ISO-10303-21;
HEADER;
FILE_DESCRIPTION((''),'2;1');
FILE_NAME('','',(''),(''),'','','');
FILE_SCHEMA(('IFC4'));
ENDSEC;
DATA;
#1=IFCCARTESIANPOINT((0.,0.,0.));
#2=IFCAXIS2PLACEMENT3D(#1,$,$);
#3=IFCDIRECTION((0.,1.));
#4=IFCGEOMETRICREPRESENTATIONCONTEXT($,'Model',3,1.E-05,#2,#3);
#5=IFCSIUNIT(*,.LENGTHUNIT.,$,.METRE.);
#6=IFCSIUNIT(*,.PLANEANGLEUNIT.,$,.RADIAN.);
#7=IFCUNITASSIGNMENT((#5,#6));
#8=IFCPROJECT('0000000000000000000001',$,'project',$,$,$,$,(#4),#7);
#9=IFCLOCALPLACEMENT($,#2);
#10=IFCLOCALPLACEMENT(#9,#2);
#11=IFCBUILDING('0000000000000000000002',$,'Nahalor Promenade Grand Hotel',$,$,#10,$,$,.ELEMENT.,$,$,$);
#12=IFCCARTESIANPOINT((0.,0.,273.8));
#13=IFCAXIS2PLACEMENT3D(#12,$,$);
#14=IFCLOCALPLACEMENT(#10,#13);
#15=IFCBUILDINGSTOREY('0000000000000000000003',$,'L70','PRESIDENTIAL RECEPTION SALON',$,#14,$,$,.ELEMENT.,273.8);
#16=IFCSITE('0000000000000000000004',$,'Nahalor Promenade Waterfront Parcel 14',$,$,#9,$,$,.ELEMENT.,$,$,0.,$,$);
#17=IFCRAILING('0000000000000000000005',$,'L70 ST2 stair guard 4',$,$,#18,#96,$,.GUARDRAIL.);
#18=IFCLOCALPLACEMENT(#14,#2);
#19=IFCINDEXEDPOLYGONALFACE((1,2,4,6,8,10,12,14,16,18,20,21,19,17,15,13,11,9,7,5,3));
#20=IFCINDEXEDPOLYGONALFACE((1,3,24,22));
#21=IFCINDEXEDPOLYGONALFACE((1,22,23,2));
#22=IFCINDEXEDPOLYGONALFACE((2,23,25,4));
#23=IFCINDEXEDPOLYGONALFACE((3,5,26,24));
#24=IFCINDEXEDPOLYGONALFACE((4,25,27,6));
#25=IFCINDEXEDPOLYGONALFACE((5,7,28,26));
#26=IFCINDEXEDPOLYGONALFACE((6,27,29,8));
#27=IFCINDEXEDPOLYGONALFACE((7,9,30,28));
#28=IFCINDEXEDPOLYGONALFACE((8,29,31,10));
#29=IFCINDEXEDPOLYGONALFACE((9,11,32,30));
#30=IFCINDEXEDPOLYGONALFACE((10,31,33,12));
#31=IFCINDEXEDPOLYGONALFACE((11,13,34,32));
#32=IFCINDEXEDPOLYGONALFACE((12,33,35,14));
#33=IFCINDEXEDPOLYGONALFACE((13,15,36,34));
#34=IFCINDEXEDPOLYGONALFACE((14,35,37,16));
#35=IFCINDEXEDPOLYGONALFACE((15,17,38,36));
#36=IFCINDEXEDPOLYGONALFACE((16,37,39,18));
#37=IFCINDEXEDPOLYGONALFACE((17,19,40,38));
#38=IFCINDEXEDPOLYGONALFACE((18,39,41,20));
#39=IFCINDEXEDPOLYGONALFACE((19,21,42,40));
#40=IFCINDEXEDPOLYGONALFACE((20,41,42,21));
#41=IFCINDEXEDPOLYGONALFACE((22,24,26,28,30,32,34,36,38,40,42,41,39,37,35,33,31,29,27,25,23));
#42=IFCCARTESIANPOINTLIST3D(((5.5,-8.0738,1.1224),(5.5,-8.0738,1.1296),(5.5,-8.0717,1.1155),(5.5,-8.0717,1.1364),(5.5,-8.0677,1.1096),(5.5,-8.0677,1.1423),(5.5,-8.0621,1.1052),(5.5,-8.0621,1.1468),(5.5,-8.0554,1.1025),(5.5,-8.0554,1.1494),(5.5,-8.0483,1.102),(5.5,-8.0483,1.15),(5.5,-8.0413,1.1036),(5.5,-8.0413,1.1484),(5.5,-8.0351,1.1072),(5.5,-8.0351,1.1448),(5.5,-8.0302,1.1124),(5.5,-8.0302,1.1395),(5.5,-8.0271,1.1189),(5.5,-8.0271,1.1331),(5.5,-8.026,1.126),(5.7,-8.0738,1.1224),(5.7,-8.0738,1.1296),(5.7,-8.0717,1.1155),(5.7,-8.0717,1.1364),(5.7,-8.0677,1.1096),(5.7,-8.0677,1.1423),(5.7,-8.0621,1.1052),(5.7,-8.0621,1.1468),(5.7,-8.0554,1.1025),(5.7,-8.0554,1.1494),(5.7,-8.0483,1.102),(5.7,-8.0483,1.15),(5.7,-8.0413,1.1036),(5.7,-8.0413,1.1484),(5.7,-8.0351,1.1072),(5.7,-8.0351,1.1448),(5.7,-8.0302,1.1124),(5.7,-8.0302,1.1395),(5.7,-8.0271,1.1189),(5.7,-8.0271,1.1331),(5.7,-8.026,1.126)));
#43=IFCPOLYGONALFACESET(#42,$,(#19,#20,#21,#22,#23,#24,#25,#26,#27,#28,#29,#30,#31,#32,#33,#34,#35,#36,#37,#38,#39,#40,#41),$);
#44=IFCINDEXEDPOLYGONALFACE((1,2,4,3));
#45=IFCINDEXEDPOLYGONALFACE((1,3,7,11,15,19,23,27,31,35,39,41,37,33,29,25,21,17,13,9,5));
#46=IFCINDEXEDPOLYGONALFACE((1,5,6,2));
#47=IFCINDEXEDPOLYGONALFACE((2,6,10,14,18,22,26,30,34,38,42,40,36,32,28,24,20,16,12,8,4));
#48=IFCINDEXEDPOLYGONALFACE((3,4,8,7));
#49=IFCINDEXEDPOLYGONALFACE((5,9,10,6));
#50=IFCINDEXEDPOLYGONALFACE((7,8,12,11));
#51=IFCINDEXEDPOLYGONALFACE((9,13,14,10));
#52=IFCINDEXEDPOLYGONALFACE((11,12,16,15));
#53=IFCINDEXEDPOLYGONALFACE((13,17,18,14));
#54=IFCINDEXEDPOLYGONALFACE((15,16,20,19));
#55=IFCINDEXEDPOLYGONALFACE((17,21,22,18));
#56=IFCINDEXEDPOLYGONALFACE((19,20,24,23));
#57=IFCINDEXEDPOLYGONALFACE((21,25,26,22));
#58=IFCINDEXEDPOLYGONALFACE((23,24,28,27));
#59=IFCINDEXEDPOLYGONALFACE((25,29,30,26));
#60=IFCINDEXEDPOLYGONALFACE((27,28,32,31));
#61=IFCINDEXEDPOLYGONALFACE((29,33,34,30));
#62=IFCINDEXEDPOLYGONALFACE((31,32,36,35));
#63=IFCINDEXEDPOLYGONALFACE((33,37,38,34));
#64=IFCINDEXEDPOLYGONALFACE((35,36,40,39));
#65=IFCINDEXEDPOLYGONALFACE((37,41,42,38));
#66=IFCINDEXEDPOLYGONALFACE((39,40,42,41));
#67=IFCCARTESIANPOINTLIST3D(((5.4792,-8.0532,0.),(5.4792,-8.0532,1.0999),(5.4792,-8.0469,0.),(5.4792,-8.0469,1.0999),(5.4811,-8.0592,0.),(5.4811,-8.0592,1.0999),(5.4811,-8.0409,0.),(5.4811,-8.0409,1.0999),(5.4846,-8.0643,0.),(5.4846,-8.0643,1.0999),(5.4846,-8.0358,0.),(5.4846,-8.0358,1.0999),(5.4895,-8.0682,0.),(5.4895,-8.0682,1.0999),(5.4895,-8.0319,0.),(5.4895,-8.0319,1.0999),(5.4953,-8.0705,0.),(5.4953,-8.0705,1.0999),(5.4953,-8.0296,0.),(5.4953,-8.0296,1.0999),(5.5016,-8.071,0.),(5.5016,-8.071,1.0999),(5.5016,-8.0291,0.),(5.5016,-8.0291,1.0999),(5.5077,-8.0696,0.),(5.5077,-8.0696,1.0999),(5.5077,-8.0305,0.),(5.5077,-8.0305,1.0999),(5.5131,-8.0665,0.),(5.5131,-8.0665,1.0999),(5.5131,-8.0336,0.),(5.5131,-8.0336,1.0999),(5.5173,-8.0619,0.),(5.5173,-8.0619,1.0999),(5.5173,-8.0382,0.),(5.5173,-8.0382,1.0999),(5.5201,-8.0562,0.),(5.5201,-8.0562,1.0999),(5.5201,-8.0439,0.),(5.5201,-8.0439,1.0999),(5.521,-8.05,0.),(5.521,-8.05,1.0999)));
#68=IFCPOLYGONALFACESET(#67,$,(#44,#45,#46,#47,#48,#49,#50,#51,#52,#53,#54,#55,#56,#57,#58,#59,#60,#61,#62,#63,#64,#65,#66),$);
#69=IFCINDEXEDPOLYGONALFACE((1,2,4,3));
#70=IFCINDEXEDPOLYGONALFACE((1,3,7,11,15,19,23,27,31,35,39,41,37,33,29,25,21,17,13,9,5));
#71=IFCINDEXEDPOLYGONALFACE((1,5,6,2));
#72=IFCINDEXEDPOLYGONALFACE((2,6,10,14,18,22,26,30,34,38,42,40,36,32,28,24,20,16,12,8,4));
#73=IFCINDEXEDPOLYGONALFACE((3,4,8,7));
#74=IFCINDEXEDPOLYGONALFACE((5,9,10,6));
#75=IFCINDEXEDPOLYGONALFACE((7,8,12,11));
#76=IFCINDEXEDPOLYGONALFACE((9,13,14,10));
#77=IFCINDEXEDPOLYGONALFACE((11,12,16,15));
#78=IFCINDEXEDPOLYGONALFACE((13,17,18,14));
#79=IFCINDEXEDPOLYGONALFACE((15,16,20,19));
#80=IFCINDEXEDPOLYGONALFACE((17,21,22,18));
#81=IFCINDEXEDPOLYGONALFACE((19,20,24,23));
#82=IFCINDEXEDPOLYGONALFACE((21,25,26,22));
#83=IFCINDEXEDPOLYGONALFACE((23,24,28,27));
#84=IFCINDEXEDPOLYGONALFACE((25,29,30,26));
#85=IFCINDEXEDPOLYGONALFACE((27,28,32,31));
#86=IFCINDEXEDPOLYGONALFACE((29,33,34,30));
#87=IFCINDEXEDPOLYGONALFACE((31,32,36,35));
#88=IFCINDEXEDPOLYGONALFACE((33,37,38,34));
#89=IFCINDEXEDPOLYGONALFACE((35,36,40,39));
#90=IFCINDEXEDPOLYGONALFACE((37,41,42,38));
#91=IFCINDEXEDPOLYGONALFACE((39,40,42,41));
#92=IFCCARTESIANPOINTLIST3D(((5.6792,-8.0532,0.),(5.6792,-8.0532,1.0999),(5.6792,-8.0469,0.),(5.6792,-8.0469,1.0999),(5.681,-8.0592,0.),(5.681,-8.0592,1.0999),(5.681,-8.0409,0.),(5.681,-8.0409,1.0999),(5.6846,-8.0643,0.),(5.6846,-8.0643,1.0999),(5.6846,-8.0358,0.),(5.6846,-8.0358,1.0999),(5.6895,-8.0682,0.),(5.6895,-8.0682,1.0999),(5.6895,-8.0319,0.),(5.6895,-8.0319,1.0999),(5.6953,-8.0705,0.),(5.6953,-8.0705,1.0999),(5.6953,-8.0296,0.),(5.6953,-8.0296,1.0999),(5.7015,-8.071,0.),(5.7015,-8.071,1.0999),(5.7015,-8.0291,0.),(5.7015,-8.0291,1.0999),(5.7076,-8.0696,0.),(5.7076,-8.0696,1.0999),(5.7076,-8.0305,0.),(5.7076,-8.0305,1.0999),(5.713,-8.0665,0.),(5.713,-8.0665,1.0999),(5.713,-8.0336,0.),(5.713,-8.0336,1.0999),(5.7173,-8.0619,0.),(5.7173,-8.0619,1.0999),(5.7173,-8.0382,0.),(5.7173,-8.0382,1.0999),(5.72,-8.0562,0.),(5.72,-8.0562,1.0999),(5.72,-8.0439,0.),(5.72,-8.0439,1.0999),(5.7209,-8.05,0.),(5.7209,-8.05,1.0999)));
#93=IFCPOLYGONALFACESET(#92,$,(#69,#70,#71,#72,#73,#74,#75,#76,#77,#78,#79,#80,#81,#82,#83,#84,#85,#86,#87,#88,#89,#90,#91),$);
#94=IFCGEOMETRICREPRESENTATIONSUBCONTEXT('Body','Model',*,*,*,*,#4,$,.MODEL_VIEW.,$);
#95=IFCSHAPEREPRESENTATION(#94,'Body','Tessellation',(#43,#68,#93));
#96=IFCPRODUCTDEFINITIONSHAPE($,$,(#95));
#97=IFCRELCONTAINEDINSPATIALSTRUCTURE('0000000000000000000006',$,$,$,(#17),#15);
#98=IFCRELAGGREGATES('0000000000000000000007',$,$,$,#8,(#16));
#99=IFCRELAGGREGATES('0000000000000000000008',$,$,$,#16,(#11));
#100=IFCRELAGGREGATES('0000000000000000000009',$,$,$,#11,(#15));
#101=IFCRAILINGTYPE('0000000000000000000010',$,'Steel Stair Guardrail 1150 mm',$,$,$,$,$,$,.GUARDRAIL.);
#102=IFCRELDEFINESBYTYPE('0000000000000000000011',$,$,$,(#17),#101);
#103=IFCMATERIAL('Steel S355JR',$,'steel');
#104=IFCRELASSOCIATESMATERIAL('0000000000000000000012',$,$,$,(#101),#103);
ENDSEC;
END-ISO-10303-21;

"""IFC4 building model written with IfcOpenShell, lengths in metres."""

from ifc_helpers import new_model, si_unit, direction, frame, origin, origin_2d, place, context, subcontext, project, spatial, circle, extrude, material, type_object, element, save


model = new_model("IFC4")

# Units and contexts
model_context = context("Model", 3, precision=1e-05, world=origin(), true_north=direction((0.0, 1.0)))
body_context = subcontext(model_context, "Body", "Model", "MODEL_VIEW")
ifc_project = project(units=[si_unit("LENGTHUNIT", "METRE"), si_unit("PLANEANGLEUNIT", "RADIAN")], contexts=[model_context])

# Site, building, storey
site_placement = place(None, origin())
site = spatial("IfcSite", under=ifc_project, at=site_placement, Name="Nahalor Promenade Waterfront Parcel 14", CompositionType="ELEMENT", RefElevation=0.0)
building_placement = place(site_placement, origin())
building = spatial("IfcBuilding", under=site, at=building_placement, Name="Nahalor Promenade Grand Hotel", CompositionType="ELEMENT")
storey_placement = place(building_placement, frame((0.0, 0.0, 273.8)))
storey = spatial("IfcBuildingStorey", under=building, at=storey_placement, Name="L70", Description="PRESIDENTIAL RECEPTION SALON", CompositionType="ELEMENT", Elevation=273.8)

# Shared definitions
ifc_material_1 = material(Name="Steel S355JR", Category="steel")

# Railing
railing_type_1 = type_object("IfcRailingType", Name="Steel Stair Guardrail 1150 mm", PredefinedType="GUARDRAIL", material=ifc_material_1)
railing_1_placement = place(storey_placement, frame((5.5, -8.05, 0.0)))
element("IfcRailing", 1, at=railing_1_placement, inside=storey, type_object=railing_type_1, Name="L70 ST2 stair guard 4", PredefinedType="GUARDRAIL", context=body_context, shape_type="SweptSolid", body=[
    extrude(circle(Radius=0.024, at=origin_2d()), frame((0.0, 0.0, 1.126), z_axis=(1.0, 0.0, 0.0), x_axis=(0.0, 1.0, 0.0)), (0.0, 0.0, 1.0), 0.2),
    extrude(circle(Radius=0.021, at=origin_2d()), origin(), (0.0, 0.0, 1.0), 1.0999),
    extrude(circle(Radius=0.021, at=origin_2d()), frame((0.2, 0.0, 0.0)), (0.0, 0.0, 1.0), 1.0999),
])

save(model, "model.ifc")
